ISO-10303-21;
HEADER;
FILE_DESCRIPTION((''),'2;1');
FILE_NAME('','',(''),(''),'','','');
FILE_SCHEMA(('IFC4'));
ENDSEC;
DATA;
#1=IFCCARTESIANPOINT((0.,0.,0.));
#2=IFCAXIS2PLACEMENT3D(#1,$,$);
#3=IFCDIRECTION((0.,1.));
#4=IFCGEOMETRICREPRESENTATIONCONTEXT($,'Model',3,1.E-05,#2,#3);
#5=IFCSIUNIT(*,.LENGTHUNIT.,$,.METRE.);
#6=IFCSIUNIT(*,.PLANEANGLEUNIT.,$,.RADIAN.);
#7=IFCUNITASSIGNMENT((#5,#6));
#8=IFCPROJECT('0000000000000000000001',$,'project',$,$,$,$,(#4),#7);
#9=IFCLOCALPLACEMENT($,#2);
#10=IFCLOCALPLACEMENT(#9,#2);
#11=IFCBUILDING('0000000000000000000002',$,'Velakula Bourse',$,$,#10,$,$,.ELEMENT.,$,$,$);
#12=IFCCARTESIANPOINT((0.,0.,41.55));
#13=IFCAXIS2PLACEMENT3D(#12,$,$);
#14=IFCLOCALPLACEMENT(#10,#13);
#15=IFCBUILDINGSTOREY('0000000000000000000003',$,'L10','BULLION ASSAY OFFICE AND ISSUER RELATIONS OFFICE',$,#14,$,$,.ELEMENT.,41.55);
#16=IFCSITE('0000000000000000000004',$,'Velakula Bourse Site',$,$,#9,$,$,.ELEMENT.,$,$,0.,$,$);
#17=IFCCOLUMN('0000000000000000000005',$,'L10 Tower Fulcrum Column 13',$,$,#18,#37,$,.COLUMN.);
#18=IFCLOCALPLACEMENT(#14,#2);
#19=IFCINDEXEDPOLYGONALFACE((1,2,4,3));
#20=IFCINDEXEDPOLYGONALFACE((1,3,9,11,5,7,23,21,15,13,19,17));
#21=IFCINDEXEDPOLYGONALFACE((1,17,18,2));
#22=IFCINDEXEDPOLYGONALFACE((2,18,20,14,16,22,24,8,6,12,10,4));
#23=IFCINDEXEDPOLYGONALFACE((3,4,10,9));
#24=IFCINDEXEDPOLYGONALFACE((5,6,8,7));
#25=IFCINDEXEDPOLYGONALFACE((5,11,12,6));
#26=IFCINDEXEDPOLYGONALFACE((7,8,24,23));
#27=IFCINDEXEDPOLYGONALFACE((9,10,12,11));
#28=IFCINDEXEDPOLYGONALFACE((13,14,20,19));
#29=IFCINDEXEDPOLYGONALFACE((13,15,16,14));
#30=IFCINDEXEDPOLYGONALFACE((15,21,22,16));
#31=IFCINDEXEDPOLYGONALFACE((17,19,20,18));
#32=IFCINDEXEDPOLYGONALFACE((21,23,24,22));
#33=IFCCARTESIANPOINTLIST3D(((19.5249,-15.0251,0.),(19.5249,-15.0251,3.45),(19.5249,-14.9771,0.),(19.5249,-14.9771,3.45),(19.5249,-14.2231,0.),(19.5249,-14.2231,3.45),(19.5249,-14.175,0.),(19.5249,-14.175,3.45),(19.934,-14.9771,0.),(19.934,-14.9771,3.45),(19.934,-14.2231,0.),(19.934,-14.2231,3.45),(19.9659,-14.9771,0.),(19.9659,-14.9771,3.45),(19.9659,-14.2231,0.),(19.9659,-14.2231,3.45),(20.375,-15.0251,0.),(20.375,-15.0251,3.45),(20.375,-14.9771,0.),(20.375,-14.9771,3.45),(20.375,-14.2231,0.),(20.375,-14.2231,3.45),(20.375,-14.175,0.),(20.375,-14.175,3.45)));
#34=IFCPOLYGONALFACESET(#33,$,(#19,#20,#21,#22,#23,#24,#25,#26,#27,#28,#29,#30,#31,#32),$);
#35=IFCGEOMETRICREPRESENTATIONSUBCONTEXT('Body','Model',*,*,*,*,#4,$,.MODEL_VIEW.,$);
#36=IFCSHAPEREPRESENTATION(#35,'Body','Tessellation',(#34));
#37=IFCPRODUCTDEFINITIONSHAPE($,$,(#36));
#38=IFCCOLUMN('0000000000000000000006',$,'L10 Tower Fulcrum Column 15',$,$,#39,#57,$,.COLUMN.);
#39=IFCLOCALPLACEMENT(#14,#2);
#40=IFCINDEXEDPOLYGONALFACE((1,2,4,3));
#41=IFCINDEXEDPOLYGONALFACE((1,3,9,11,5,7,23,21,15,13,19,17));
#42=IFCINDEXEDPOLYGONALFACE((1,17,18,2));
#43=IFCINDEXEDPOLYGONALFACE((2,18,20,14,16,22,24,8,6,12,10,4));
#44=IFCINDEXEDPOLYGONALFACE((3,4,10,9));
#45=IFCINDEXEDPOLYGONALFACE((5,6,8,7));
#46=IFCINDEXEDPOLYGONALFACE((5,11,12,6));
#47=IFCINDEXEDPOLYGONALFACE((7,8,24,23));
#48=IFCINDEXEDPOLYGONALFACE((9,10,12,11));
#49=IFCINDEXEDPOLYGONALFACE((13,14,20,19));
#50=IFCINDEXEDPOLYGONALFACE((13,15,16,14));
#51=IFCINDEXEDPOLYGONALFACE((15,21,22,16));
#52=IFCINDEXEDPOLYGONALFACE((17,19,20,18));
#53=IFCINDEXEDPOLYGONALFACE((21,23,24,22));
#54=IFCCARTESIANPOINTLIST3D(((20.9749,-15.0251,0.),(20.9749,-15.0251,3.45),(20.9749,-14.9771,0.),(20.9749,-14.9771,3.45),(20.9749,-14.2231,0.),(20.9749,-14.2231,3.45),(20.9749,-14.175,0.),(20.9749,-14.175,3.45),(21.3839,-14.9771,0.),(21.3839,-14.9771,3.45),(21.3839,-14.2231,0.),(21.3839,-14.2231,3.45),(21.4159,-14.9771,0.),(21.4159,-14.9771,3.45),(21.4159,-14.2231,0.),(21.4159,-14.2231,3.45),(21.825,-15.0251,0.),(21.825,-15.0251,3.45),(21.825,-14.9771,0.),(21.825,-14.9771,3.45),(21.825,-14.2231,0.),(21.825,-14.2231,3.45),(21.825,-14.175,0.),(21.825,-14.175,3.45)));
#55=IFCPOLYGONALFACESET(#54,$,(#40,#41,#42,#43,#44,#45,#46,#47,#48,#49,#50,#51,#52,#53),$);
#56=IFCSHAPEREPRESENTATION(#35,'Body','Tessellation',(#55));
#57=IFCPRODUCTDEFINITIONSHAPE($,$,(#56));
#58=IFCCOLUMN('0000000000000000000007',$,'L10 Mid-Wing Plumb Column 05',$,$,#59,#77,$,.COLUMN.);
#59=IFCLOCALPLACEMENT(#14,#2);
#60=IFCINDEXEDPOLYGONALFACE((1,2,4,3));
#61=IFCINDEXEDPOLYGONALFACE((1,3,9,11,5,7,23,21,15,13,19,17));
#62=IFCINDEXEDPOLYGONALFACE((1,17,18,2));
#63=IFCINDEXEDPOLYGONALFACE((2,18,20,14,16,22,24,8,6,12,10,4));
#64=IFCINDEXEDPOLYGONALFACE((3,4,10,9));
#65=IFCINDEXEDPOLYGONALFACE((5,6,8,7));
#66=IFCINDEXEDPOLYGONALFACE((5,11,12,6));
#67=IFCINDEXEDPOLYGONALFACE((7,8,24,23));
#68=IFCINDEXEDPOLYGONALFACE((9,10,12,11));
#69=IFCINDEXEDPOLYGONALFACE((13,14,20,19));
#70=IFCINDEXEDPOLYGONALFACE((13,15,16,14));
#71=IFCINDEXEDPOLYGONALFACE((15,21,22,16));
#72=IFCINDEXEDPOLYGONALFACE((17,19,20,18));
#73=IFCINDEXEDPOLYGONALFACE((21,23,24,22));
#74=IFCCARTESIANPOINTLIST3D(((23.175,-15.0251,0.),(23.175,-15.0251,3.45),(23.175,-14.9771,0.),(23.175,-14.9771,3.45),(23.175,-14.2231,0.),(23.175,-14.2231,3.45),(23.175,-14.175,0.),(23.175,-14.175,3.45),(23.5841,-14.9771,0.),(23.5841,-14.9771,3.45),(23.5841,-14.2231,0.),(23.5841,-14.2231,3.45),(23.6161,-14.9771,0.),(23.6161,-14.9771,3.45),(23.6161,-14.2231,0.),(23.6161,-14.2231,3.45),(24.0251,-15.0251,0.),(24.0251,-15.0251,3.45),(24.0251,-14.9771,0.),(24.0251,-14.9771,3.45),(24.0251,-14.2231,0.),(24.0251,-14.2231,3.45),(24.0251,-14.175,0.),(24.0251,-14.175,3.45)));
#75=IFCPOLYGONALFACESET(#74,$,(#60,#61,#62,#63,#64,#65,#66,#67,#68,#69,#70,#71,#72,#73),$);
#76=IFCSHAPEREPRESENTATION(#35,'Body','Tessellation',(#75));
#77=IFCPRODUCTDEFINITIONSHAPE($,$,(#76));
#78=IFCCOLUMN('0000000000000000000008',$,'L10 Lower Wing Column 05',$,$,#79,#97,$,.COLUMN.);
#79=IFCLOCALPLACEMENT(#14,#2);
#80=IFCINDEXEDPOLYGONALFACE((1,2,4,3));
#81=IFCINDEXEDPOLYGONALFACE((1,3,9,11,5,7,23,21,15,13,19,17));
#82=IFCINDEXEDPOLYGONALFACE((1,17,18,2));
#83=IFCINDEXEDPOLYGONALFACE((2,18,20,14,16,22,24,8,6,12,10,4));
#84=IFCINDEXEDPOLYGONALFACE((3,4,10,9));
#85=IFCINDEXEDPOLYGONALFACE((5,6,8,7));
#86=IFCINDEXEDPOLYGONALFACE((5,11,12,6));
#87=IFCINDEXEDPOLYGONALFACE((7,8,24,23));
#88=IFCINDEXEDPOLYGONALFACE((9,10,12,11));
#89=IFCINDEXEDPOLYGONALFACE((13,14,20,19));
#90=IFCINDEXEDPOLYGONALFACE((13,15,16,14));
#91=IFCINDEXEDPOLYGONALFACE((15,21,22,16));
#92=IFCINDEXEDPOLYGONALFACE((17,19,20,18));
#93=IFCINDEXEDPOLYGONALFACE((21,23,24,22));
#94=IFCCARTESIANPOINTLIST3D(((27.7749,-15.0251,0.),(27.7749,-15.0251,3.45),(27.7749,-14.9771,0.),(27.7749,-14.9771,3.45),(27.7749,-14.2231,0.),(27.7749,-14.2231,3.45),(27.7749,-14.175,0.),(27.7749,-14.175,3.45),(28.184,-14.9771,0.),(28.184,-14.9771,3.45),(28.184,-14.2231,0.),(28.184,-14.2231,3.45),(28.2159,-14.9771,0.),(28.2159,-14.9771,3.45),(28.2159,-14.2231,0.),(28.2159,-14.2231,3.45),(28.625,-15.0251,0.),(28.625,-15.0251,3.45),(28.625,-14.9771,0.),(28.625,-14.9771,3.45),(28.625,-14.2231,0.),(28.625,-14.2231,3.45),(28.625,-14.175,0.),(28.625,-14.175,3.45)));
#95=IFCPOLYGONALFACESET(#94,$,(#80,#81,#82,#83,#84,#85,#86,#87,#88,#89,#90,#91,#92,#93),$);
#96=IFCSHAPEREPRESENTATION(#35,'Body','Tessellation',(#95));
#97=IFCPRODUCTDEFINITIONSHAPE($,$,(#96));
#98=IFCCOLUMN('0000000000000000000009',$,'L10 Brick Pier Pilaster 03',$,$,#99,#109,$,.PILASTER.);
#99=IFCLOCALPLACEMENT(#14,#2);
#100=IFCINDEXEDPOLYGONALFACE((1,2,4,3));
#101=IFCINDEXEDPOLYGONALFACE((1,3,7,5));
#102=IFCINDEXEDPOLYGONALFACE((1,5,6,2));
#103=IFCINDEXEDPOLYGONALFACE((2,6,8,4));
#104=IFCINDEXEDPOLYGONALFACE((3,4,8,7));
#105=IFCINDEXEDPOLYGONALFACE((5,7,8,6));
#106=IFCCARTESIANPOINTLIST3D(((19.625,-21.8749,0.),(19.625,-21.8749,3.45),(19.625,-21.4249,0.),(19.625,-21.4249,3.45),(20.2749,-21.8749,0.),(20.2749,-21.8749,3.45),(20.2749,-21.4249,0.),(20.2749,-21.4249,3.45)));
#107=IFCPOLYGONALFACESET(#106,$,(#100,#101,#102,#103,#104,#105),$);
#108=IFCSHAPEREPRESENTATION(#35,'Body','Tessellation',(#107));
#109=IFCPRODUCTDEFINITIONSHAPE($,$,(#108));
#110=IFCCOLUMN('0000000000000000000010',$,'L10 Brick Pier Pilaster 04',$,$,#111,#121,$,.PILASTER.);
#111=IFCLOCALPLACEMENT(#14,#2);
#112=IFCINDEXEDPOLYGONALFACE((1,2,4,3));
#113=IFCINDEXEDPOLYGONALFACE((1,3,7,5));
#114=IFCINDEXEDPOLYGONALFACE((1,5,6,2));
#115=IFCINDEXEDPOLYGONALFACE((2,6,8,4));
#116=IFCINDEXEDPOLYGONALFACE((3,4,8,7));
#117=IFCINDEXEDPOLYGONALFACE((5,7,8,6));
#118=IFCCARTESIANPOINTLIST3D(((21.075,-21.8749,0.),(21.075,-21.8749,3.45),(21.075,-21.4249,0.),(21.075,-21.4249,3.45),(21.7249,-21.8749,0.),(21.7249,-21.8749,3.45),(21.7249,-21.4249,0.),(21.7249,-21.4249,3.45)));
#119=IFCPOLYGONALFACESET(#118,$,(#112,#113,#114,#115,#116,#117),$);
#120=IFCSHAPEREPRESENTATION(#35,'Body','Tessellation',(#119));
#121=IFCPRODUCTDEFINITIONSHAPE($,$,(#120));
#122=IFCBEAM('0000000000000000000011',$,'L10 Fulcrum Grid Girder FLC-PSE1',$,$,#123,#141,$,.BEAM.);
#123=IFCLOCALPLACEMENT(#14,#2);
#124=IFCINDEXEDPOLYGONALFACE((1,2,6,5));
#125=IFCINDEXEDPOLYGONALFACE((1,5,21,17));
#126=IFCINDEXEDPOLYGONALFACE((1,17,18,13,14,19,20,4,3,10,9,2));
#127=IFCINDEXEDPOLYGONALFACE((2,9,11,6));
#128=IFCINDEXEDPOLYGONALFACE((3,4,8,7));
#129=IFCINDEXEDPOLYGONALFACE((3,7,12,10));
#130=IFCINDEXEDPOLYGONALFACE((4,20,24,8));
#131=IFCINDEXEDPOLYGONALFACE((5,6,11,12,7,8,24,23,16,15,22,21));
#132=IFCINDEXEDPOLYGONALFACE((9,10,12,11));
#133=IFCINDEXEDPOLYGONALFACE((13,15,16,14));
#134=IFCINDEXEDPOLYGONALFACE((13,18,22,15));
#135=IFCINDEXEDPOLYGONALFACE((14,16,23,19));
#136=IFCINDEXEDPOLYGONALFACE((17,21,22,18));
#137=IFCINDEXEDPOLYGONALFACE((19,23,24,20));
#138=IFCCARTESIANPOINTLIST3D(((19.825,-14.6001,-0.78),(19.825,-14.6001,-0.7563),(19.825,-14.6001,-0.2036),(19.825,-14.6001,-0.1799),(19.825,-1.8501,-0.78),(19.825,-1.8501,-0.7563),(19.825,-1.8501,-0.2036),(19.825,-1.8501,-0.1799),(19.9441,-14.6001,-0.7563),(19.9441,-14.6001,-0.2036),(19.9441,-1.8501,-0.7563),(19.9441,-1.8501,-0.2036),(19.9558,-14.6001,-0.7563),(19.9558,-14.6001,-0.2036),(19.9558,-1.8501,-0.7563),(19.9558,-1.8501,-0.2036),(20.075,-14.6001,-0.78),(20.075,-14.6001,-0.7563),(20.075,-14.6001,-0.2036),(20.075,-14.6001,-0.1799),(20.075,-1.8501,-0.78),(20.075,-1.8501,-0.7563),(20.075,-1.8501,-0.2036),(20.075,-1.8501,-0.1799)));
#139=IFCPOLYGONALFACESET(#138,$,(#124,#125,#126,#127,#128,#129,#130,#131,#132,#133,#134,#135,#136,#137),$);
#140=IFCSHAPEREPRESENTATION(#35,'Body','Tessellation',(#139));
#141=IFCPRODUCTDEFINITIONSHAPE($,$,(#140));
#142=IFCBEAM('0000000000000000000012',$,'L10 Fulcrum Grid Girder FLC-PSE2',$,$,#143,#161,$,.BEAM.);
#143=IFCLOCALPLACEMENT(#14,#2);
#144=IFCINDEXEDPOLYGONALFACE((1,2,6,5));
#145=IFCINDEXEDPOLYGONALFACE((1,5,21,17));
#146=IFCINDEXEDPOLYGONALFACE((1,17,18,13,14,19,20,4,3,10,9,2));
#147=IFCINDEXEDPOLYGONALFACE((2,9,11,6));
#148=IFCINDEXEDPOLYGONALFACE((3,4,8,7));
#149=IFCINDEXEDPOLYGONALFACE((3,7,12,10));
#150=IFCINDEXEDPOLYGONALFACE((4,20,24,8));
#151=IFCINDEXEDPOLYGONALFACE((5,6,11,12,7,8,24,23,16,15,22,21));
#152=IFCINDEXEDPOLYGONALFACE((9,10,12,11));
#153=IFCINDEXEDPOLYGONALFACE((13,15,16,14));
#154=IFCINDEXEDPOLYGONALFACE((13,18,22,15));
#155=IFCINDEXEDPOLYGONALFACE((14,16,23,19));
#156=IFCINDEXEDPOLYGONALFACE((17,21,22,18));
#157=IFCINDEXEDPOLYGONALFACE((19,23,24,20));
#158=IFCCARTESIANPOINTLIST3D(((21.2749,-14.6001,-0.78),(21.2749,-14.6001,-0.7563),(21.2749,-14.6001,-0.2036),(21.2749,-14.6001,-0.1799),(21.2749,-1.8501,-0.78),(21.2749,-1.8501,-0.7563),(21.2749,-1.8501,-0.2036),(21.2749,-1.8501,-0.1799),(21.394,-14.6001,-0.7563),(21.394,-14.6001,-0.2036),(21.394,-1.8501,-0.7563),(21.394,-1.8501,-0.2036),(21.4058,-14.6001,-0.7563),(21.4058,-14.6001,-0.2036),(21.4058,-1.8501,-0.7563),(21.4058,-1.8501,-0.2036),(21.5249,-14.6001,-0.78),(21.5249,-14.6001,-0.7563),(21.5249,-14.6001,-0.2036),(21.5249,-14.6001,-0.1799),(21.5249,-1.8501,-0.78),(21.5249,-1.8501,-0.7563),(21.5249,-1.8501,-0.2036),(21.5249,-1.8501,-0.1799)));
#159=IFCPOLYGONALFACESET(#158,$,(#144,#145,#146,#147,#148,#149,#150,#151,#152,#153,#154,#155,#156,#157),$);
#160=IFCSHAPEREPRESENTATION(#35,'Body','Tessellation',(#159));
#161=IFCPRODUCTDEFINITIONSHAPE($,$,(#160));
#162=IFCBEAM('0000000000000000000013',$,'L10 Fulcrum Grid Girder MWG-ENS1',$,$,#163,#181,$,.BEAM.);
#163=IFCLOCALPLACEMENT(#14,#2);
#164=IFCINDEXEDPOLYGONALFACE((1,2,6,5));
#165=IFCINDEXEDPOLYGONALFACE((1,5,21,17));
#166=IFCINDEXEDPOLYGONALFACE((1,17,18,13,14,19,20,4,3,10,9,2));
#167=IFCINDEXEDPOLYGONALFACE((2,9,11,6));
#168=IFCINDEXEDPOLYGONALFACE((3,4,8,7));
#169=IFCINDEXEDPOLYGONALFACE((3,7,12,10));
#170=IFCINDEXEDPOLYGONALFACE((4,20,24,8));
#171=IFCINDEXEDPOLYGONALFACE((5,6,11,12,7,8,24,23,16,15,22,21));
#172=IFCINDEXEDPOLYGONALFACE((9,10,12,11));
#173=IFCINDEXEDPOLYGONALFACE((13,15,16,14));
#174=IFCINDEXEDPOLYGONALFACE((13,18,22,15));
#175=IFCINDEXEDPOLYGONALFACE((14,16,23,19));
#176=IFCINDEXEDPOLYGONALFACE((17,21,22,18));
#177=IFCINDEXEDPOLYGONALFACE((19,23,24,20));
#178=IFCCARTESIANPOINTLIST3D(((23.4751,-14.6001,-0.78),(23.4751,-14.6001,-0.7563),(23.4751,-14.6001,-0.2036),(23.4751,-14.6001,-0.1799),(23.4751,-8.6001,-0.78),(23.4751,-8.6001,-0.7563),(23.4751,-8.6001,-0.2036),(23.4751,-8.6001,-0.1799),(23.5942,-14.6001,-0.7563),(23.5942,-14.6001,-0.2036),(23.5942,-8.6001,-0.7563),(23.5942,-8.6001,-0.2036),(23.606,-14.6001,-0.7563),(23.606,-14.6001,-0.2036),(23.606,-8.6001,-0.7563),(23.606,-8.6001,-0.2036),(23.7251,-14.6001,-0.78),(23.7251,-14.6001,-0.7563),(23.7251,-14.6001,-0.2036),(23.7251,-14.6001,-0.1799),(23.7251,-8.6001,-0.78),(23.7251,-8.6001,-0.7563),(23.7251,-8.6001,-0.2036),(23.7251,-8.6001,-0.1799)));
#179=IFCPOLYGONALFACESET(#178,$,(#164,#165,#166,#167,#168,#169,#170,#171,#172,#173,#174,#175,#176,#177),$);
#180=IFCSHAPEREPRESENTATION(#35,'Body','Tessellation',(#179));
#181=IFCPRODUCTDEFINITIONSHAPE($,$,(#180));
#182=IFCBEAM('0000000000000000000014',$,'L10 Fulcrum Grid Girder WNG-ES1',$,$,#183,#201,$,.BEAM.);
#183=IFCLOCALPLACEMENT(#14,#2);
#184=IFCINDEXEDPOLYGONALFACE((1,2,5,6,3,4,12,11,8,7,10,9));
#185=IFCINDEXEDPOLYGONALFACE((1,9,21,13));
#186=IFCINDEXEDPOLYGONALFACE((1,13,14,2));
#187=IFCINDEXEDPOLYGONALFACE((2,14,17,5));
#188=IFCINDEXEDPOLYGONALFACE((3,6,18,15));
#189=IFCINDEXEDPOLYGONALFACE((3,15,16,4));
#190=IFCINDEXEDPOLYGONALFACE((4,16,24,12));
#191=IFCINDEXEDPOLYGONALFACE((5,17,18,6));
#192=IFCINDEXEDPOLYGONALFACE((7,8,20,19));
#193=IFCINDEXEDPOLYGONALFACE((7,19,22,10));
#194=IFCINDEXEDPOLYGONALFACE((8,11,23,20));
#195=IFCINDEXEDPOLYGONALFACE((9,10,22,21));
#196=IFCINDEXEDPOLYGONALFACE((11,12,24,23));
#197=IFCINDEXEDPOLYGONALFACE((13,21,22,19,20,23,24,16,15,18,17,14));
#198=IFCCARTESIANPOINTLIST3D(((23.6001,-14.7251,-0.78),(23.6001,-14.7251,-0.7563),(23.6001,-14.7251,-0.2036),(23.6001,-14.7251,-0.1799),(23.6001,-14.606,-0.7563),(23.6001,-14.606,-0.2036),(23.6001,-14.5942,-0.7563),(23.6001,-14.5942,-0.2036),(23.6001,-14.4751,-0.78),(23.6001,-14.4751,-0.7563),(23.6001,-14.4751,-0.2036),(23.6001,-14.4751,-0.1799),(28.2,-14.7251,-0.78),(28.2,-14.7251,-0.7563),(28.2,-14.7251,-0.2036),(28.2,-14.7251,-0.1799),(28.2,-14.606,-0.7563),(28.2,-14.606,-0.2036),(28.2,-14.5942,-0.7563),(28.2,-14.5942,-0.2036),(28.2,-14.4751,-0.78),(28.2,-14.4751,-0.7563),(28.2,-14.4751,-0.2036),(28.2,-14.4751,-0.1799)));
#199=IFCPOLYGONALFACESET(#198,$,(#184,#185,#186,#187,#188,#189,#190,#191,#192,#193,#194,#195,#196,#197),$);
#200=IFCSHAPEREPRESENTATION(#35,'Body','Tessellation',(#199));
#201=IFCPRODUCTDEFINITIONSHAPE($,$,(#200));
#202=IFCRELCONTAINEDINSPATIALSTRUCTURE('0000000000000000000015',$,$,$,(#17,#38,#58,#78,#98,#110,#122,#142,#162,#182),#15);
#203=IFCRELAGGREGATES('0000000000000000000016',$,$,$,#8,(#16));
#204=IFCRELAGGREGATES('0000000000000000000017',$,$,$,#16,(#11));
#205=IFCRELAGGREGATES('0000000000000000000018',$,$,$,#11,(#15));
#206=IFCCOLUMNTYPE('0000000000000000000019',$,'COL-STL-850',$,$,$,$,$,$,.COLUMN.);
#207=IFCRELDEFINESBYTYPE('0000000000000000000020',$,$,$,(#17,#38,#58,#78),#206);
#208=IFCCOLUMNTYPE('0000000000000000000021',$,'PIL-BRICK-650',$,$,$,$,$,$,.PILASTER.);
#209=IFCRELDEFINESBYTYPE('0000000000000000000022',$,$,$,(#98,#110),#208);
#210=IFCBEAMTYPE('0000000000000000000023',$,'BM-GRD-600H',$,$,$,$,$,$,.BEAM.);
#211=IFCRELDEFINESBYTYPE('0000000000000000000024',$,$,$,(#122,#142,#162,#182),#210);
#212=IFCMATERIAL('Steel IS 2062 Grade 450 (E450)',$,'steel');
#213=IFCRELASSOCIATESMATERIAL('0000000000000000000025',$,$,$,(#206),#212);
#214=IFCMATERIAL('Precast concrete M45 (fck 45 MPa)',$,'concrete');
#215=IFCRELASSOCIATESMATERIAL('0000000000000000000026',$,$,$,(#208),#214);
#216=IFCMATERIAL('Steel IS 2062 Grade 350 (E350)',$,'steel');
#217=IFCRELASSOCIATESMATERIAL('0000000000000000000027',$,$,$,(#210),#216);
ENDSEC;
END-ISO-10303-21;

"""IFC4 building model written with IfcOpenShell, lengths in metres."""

from ifc_helpers import new_model, si_unit, direction, frame, origin, origin_2d, place, context, subcontext, project, spatial, rectangle, i_section, extrude, material, material_profile, profile_set, type_object, element, save


model = new_model("IFC4")

# Units and contexts
model_context = context("Model", 3, precision=1e-05, world=origin(), true_north=direction((0.0, 1.0)))
body_context = subcontext(model_context, "Body", "Model", "MODEL_VIEW")
ifc_project = project(units=[si_unit("LENGTHUNIT", "METRE"), si_unit("PLANEANGLEUNIT", "RADIAN")], contexts=[model_context])

# Site, building, storey
site_placement = place(None, origin())
site = spatial("IfcSite", under=ifc_project, at=site_placement, Name="Velakula Bourse Site", CompositionType="ELEMENT", RefElevation=0.0)
building_placement = place(site_placement, origin())
building = spatial("IfcBuilding", under=site, at=building_placement, Name="Velakula Bourse", CompositionType="ELEMENT")
storey_placement = place(building_placement, frame((0.0, 0.0, 41.55)))
storey = spatial("IfcBuildingStorey", under=building, at=storey_placement, Name="L10", Description="BULLION ASSAY OFFICE AND ISSUER RELATIONS OFFICE", CompositionType="ELEMENT", Elevation=41.55)

# Columns
ifc_material_1 = material(Name="Steel IS 2062 Grade 450 (E450)", Category="steel")
ifc_material_profile_1 = material_profile(ifc_material_1, i_section(OverallWidth=0.8501, OverallDepth=0.8501, WebThickness=0.032, FlangeThickness=0.0481, at=origin_2d()), Name="Steel IS 2062 Grade 450 (E450)")
ifc_profile_set_1 = profile_set([ifc_material_profile_1], Name="Steel IS 2062 Grade 450 (E450)")
column_type_1 = type_object("IfcColumnType", Name="COL-STL-850", PredefinedType="COLUMN", material=ifc_profile_set_1)
for number, where, z_axis, x_axis, name in (
    (1, (19.95, -14.6001, 0.0), (0.0, 0.0, 1.0), (1.0, 0.0, 0.0), "L10 Tower Fulcrum Column 13"),
    (2, (21.3999, -14.6001, 0.0), (0.0, 0.0, 1.0), (1.0, 0.0, 0.0), "L10 Tower Fulcrum Column 15"),
    (3, (23.6001, -14.6001, 0.0), (0.0, 0.0, 1.0), (1.0, 0.0, 0.0), "L10 Mid-Wing Plumb Column 05"),
    (4, (28.2, -14.6001, 0.0), (0.0, 0.0, 1.0), (1.0, 0.0, 0.0), "L10 Lower Wing Column 05"),
):
    element("IfcColumn", number, at=place(storey_placement, frame(where, z_axis=z_axis, x_axis=x_axis)), inside=storey, type_object=column_type_1, Name=name, PredefinedType="COLUMN", context=body_context, shape_type="SweptSolid", body=[
        extrude(i_section(OverallWidth=0.8501, OverallDepth=0.8501, WebThickness=0.032, FlangeThickness=0.0481, at=origin_2d()), origin(), (0.0, 0.0, 1.0), 3.45),
    ])
ifc_material_2 = material(Name="Precast concrete M45 (fck 45 MPa)", Category="concrete")
ifc_material_profile_2 = material_profile(ifc_material_2, rectangle(XDim=0.6499, YDim=0.45, at=origin_2d()), Name="Precast concrete M45 (fck 45 MPa)")
ifc_profile_set_2 = profile_set([ifc_material_profile_2], Name="Precast concrete M45 (fck 45 MPa)")
column_type_2 = type_object("IfcColumnType", Name="PIL-BRICK-650", PredefinedType="PILASTER", material=ifc_profile_set_2)
for number, where, z_axis, x_axis, name in (
    (5, (19.95, -21.6499, 0.0), (0.0, 0.0, 1.0), (1.0, 0.0, 0.0), "L10 Brick Pier Pilaster 03"),
    (6, (21.3999, -21.6499, 0.0), (0.0, 0.0, 1.0), (1.0, 0.0, 0.0), "L10 Brick Pier Pilaster 04"),
):
    element("IfcColumn", number, at=place(storey_placement, frame(where, z_axis=z_axis, x_axis=x_axis)), inside=storey, type_object=column_type_2, Name=name, PredefinedType="PILASTER", context=body_context, shape_type="SweptSolid", body=[
        extrude(rectangle(XDim=0.6499, YDim=0.45, at=origin_2d()), origin(), (0.0, 0.0, 1.0), 3.45),
    ])

# Beams
ifc_material_3 = material(Name="Steel IS 2062 Grade 350 (E350)", Category="steel")
ifc_material_profile_3 = material_profile(ifc_material_3, i_section(OverallWidth=0.25, OverallDepth=0.6001, WebThickness=0.0117, FlangeThickness=0.0237, at=origin_2d()), Name="Steel IS 2062 Grade 350 (E350)")
ifc_profile_set_3 = profile_set([ifc_material_profile_3], Name="Steel IS 2062 Grade 350 (E350)")
beam_type_1 = type_object("IfcBeamType", Name="BM-GRD-600H", PredefinedType="BEAM", material=ifc_profile_set_3)
for number, where, z_axis, x_axis, name in (
    (7, (19.95, -14.6001, -0.48), (0.0, 1.0, 0.0), (-1.0, 0.0, 0.0), "L10 Fulcrum Grid Girder FLC-PSE1"),
    (8, (21.3999, -14.6001, -0.48), (0.0, 1.0, 0.0), (-1.0, 0.0, 0.0), "L10 Fulcrum Grid Girder FLC-PSE2"),
):
    element("IfcBeam", number, at=place(storey_placement, frame(where, z_axis=z_axis, x_axis=x_axis)), inside=storey, type_object=beam_type_1, Name=name, PredefinedType="BEAM", context=body_context, shape_type="SweptSolid", body=[
        extrude(i_section(OverallWidth=0.25, OverallDepth=0.6001, WebThickness=0.0117, FlangeThickness=0.0237, at=origin_2d()), origin(), (0.0, 0.0, 1.0), 12.75),
    ])
beam_1_placement = place(storey_placement, frame((23.6001, -14.6001, -0.48), z_axis=(0.0, 1.0, 0.0), x_axis=(-1.0, 0.0, 0.0)))
element("IfcBeam", 9, at=beam_1_placement, inside=storey, type_object=beam_type_1, Name="L10 Fulcrum Grid Girder MWG-ENS1", PredefinedType="BEAM", context=body_context, shape_type="SweptSolid", body=[
    extrude(i_section(OverallWidth=0.25, OverallDepth=0.6001, WebThickness=0.0117, FlangeThickness=0.0237, at=origin_2d()), origin(), (0.0, 0.0, 1.0), 6.0),
])
beam_2_placement = place(storey_placement, frame((23.6001, -14.6001, -0.48), z_axis=(1.0, 0.0, 0.0), x_axis=(0.0, 1.0, 0.0)))
element("IfcBeam", 10, at=beam_2_placement, inside=storey, type_object=beam_type_1, Name="L10 Fulcrum Grid Girder WNG-ES1", PredefinedType="BEAM", context=body_context, shape_type="SweptSolid", body=[
    extrude(i_section(OverallWidth=0.25, OverallDepth=0.6001, WebThickness=0.0117, FlangeThickness=0.0237, at=origin_2d()), origin(), (0.0, 0.0, 1.0), 4.5999),
])

save(model, "model.ifc")
